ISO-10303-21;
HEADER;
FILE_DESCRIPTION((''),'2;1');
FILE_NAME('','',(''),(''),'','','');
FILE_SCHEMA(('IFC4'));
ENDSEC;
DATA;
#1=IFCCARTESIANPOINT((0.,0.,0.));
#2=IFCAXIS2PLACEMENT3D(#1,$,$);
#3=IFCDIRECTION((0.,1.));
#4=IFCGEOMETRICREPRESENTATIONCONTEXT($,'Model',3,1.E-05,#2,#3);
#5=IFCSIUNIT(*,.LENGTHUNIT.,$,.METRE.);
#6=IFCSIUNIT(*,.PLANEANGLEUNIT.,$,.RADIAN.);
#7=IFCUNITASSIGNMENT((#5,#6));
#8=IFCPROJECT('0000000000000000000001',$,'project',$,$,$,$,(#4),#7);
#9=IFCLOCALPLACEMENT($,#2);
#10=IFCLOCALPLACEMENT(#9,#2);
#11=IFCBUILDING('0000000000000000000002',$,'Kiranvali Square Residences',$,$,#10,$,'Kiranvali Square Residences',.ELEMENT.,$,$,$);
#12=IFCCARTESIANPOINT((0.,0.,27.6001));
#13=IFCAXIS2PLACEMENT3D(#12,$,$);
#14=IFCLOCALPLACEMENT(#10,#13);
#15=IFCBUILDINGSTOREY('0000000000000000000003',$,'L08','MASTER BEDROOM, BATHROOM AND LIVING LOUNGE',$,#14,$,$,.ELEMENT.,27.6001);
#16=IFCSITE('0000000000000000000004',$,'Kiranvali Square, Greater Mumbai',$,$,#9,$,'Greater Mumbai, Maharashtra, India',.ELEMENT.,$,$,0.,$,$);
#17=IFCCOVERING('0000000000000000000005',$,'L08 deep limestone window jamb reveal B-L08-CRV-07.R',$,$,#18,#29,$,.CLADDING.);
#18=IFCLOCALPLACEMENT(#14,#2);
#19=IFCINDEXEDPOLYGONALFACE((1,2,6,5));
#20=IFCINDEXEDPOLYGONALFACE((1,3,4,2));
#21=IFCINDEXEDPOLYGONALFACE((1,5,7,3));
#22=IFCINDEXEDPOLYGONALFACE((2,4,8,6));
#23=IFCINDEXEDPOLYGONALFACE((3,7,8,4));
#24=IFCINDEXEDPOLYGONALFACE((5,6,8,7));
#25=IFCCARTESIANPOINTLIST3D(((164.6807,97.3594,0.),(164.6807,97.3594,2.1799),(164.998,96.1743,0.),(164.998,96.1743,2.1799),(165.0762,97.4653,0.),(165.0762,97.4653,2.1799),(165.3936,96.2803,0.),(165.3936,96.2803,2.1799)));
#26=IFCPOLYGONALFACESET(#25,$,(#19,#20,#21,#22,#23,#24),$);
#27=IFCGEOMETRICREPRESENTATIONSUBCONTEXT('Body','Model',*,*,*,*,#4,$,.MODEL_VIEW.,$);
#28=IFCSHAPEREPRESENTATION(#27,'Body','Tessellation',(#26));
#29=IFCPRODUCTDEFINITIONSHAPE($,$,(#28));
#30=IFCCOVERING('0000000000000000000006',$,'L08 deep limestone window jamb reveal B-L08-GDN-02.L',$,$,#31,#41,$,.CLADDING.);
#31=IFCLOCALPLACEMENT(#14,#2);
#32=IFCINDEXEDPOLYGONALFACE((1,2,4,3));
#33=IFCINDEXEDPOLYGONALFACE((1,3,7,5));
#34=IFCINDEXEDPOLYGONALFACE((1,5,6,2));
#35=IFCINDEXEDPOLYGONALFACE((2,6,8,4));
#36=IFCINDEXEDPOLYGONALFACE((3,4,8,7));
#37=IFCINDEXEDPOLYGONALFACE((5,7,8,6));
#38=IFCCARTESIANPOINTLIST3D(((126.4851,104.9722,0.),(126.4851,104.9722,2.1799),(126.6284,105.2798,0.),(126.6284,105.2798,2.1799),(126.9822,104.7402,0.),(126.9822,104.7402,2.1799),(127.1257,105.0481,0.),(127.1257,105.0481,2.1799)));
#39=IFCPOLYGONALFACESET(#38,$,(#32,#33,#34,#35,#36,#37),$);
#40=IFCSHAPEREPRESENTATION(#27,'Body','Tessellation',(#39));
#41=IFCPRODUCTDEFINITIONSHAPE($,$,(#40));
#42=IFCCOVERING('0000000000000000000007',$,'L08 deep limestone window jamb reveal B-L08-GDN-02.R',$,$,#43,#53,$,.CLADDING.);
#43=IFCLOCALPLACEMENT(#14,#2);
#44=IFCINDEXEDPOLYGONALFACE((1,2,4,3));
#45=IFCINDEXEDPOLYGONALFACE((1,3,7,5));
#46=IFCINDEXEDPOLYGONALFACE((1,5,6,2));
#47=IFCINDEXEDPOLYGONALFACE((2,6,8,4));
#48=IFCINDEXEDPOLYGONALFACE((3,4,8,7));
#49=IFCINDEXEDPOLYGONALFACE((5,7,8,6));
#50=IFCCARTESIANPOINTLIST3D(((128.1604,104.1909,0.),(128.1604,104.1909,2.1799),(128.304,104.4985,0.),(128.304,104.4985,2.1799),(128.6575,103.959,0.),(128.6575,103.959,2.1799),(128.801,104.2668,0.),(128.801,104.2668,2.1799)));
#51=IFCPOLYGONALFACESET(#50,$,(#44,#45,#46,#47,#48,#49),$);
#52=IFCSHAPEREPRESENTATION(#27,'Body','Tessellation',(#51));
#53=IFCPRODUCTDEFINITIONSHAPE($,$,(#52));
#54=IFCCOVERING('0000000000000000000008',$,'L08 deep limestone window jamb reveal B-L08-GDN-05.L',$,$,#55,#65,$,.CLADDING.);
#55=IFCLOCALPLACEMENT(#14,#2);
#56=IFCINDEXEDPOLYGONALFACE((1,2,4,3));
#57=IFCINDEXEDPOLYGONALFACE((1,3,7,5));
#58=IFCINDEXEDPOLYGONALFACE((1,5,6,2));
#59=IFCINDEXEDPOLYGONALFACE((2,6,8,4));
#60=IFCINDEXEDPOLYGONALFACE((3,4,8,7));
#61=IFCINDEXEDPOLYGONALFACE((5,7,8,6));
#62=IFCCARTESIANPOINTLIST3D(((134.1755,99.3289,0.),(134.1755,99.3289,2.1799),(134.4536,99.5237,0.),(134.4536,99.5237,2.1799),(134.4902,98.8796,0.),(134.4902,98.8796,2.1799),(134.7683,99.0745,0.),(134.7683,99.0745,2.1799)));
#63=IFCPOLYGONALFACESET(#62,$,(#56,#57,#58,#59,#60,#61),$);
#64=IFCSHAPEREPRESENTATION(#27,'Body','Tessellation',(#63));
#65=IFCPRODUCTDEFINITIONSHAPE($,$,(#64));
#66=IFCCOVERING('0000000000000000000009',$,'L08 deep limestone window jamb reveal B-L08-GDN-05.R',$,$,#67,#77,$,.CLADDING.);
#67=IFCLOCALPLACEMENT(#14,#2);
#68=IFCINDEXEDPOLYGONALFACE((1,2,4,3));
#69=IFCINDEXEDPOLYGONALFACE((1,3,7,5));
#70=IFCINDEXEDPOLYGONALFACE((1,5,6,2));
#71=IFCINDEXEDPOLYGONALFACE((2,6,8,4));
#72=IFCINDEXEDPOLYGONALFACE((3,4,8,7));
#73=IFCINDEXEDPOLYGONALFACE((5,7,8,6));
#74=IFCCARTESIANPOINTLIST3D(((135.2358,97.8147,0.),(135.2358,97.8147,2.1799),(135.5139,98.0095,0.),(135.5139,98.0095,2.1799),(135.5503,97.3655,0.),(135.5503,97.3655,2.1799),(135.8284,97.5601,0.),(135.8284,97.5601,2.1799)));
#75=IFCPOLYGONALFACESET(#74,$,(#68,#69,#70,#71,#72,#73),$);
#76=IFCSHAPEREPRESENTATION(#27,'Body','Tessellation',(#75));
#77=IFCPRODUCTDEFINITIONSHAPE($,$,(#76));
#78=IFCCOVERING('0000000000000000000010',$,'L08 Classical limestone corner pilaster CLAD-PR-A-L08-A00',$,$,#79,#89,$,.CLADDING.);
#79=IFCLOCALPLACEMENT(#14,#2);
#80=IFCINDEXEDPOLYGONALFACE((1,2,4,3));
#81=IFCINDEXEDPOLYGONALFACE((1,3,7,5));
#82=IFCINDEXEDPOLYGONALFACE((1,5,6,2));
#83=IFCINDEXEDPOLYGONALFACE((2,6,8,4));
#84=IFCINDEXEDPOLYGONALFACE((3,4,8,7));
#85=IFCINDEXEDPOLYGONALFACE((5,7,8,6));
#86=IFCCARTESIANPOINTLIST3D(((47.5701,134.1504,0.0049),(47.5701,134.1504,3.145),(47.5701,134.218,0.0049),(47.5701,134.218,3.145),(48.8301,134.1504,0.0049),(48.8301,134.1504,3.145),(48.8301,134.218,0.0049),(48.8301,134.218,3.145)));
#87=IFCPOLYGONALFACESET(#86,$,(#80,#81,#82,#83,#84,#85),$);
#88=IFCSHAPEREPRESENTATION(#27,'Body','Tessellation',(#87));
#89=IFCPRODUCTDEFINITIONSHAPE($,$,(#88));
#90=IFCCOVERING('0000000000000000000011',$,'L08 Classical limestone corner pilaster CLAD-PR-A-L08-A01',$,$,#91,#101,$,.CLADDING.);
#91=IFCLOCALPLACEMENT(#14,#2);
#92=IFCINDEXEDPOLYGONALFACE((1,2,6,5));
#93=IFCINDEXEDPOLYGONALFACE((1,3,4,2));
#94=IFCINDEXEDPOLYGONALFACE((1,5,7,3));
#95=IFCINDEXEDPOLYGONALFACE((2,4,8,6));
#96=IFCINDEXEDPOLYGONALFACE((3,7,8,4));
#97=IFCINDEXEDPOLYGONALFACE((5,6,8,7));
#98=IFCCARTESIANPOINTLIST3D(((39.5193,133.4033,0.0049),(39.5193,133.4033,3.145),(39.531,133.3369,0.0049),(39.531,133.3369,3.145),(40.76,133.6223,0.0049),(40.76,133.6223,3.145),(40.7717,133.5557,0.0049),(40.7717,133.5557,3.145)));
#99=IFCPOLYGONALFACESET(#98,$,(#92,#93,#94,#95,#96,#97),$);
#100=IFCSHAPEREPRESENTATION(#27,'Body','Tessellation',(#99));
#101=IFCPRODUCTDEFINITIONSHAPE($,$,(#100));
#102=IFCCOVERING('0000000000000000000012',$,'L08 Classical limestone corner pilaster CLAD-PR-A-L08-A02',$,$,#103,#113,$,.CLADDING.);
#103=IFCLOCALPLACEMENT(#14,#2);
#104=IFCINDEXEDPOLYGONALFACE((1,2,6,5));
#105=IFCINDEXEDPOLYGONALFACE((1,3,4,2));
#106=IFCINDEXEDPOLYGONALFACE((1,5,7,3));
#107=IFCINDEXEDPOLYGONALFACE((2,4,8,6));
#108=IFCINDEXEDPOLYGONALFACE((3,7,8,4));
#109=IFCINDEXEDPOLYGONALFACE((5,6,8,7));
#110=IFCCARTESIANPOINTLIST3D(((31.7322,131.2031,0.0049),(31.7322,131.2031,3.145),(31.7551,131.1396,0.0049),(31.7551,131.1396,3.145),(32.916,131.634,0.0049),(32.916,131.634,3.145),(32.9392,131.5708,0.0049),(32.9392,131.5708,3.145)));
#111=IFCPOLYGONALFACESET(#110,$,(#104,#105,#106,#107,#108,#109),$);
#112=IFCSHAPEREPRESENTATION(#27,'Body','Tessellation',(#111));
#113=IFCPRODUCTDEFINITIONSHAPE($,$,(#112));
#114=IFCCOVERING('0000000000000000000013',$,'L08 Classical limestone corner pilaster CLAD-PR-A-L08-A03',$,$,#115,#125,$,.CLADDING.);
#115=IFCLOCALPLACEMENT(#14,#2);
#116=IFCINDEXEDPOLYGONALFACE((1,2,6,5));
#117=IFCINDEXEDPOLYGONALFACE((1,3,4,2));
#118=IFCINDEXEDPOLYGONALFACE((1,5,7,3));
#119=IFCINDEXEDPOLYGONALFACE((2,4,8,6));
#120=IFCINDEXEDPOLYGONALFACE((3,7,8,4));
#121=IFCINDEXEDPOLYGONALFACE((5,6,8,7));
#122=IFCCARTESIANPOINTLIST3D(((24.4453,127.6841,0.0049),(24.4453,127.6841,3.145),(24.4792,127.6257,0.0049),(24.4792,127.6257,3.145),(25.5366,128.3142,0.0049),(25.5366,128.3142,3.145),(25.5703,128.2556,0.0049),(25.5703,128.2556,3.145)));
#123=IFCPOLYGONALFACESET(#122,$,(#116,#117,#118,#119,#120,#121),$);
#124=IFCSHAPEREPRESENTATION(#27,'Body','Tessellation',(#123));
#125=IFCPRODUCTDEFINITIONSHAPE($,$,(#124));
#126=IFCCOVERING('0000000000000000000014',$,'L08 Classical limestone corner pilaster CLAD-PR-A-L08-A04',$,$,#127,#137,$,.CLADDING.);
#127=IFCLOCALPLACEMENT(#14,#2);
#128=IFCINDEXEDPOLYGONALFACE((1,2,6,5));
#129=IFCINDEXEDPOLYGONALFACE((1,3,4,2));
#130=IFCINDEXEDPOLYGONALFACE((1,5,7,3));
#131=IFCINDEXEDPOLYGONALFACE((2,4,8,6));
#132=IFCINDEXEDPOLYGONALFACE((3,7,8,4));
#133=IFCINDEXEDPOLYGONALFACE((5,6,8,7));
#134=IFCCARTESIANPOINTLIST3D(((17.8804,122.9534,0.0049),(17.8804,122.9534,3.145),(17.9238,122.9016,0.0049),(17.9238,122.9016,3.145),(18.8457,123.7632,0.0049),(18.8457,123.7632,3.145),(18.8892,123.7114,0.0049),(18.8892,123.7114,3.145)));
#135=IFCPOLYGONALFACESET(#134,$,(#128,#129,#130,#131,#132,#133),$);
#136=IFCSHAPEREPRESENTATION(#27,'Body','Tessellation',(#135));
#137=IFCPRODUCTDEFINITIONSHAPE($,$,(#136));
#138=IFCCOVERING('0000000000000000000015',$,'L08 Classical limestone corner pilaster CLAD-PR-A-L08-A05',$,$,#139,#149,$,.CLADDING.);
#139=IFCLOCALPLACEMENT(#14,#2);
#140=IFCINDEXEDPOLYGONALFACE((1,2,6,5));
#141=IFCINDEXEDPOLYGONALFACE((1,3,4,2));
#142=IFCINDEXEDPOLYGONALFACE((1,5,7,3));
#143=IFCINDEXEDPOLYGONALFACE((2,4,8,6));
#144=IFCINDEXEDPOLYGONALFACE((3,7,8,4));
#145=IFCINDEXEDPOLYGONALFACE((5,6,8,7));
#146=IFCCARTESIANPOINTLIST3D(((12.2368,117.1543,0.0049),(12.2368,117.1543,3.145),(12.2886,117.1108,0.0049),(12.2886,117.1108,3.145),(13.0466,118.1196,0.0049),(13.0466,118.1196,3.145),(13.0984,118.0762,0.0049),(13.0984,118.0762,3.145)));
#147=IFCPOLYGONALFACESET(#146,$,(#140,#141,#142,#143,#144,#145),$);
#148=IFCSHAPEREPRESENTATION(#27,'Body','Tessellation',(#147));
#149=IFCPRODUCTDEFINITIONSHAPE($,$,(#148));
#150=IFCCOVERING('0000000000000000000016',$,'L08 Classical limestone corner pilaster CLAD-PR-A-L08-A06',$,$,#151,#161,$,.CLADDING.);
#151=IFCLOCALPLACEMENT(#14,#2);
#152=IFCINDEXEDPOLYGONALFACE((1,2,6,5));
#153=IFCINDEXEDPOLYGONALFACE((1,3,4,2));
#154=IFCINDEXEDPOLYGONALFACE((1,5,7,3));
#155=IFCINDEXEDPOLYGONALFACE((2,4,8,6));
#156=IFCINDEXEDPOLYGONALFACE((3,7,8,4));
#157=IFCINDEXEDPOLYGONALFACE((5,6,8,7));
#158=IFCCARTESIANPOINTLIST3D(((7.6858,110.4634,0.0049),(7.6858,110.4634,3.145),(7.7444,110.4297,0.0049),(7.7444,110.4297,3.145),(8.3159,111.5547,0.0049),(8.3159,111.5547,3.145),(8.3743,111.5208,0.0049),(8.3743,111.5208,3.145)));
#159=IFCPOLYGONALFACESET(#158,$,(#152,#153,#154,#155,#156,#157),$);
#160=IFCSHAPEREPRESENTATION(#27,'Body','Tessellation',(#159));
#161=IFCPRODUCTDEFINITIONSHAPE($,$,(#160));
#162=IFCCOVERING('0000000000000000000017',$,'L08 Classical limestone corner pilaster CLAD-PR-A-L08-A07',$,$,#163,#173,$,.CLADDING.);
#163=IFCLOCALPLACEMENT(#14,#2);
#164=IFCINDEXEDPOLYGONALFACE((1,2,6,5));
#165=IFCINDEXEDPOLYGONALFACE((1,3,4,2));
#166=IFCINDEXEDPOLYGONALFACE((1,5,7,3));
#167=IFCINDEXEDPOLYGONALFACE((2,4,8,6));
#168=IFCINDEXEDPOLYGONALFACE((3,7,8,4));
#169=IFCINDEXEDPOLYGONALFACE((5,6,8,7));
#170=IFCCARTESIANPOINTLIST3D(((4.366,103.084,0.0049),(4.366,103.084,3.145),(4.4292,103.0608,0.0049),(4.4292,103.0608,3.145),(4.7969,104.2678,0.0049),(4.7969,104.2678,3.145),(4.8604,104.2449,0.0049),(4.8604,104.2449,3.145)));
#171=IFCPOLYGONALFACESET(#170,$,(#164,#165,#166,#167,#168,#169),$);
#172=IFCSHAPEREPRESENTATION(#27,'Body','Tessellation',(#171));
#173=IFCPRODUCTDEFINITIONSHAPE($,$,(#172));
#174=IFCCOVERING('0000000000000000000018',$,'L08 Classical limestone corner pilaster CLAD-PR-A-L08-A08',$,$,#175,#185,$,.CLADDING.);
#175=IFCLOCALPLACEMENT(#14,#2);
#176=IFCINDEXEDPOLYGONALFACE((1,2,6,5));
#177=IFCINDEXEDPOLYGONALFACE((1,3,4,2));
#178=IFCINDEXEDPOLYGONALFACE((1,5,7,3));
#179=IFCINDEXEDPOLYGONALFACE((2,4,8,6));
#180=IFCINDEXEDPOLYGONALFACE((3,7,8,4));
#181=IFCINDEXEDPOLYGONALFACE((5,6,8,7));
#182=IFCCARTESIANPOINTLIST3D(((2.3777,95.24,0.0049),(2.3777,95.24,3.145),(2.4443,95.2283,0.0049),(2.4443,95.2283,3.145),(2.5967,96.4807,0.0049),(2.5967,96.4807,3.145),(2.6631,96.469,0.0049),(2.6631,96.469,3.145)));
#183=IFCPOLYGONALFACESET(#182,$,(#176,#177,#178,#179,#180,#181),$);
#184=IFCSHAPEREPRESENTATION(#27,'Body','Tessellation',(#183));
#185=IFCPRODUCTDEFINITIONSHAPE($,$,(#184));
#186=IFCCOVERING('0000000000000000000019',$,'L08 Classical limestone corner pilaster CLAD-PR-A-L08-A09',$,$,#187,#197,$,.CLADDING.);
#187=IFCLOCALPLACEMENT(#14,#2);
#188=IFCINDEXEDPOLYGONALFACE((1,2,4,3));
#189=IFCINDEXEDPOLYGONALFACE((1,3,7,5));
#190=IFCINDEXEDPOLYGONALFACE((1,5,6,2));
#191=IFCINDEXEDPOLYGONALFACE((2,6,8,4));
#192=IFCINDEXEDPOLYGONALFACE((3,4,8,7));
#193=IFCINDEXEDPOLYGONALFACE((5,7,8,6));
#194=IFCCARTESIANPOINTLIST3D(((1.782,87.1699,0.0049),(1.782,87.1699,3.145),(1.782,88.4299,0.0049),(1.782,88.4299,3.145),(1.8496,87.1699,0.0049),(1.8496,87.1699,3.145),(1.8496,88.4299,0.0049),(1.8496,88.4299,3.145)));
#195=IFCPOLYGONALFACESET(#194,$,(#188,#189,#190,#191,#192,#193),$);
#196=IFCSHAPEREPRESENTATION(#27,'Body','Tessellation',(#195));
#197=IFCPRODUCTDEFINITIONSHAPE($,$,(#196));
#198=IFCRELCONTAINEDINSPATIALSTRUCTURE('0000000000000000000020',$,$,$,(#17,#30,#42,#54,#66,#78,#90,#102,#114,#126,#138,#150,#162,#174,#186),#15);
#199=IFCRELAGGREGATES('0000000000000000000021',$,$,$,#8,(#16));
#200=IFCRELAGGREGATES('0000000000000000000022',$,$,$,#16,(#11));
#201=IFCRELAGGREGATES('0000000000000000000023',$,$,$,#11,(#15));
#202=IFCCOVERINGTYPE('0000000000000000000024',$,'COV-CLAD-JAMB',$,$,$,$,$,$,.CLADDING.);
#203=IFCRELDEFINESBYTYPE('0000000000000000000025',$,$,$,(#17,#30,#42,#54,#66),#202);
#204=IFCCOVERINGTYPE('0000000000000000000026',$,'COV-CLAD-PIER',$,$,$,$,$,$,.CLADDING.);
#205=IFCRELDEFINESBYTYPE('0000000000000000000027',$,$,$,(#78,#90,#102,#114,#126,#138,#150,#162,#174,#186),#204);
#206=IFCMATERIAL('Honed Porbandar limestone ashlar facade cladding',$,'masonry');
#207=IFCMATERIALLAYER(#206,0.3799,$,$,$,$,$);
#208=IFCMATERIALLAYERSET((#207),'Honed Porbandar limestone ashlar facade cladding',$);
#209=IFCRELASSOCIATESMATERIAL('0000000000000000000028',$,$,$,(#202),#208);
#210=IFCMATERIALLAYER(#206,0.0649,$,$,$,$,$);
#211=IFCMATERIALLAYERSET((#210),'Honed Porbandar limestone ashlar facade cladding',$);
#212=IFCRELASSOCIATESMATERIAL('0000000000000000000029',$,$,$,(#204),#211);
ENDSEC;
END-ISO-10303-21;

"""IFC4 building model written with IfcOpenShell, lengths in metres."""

from ifc_helpers import new_model, si_unit, direction, frame, origin, place, context, subcontext, project, spatial, polyline, outline, extrude, material, layer, layer_set, type_object, element, save


model = new_model("IFC4")

# Units and contexts
model_context = context("Model", 3, precision=1e-05, world=origin(), true_north=direction((0.0, 1.0)))
body_context = subcontext(model_context, "Body", "Model", "MODEL_VIEW")
ifc_project = project(units=[si_unit("LENGTHUNIT", "METRE"), si_unit("PLANEANGLEUNIT", "RADIAN")], contexts=[model_context])

# Site, building, storey
site_placement = place(None, origin())
site = spatial("IfcSite", under=ifc_project, at=site_placement, Name="Kiranvali Square, Greater Mumbai", LongName="Greater Mumbai, Maharashtra, India", CompositionType="ELEMENT", RefElevation=0.0)
building_placement = place(site_placement, origin())
building = spatial("IfcBuilding", under=site, at=building_placement, Name="Kiranvali Square Residences", LongName="Kiranvali Square Residences", CompositionType="ELEMENT")
storey_placement = place(building_placement, frame((0.0, 0.0, 27.6001)))
storey = spatial("IfcBuildingStorey", under=building, at=storey_placement, Name="L08", Description="MASTER BEDROOM, BATHROOM AND LIVING LOUNGE", CompositionType="ELEMENT", Elevation=27.6001)

# Coverings
ifc_material = material(Name="Honed Porbandar limestone ashlar facade cladding", Category="masonry")
ifc_layer_1 = layer(ifc_material, 0.3799)
ifc_layer_set_1 = layer_set([ifc_layer_1], Name="Honed Porbandar limestone ashlar facade cladding")
covering_type_1 = type_object("IfcCoveringType", Name="COV-CLAD-JAMB", PredefinedType="CLADDING", material=ifc_layer_set_1)
covering_1_placement = place(storey_placement, origin())
element("IfcCovering", 1, at=covering_1_placement, inside=storey, type_object=covering_type_1, Name="L08 deep limestone window jamb reveal B-L08-CRV-07.R", PredefinedType="CLADDING", context=body_context, shape_type="SweptSolid", body=[
    extrude(outline(polyline([(164.6807, 97.3594), (164.998, 96.1743), (165.3936, 96.2803), (165.0762, 97.4653), (164.6807, 97.3594)])), origin(), (0.0, 0.0, 1.0), 2.1799),
])
covering_2_placement = place(storey_placement, origin())
element("IfcCovering", 2, at=covering_2_placement, inside=storey, type_object=covering_type_1, Name="L08 deep limestone window jamb reveal B-L08-GDN-02.L", PredefinedType="CLADDING", context=body_context, shape_type="SweptSolid", body=[
    extrude(outline(polyline([(126.4851, 104.9722), (126.9822, 104.7402), (127.1257, 105.0481), (126.6284, 105.2798), (126.4851, 104.9722)])), origin(), (0.0, 0.0, 1.0), 2.1799),
])
covering_3_placement = place(storey_placement, origin())
element("IfcCovering", 3, at=covering_3_placement, inside=storey, type_object=covering_type_1, Name="L08 deep limestone window jamb reveal B-L08-GDN-02.R", PredefinedType="CLADDING", context=body_context, shape_type="SweptSolid", body=[
    extrude(outline(polyline([(128.1604, 104.1909), (128.6575, 103.959), (128.801, 104.2668), (128.304, 104.4985), (128.1604, 104.1909)])), origin(), (0.0, 0.0, 1.0), 2.1799),
])
covering_4_placement = place(storey_placement, origin())
element("IfcCovering", 4, at=covering_4_placement, inside=storey, type_object=covering_type_1, Name="L08 deep limestone window jamb reveal B-L08-GDN-05.L", PredefinedType="CLADDING", context=body_context, shape_type="SweptSolid", body=[
    extrude(outline(polyline([(134.1755, 99.3289), (134.4902, 98.8796), (134.7683, 99.0745), (134.4536, 99.5237), (134.1755, 99.3289)])), origin(), (0.0, 0.0, 1.0), 2.1799),
])
covering_5_placement = place(storey_placement, origin())
element("IfcCovering", 5, at=covering_5_placement, inside=storey, type_object=covering_type_1, Name="L08 deep limestone window jamb reveal B-L08-GDN-05.R", PredefinedType="CLADDING", context=body_context, shape_type="SweptSolid", body=[
    extrude(outline(polyline([(135.2358, 97.8147), (135.5503, 97.3655), (135.8284, 97.5601), (135.5139, 98.0095), (135.2358, 97.8147)])), origin(), (0.0, 0.0, 1.0), 2.1799),
])
ifc_layer_2 = layer(ifc_material, 0.0649)
ifc_layer_set_2 = layer_set([ifc_layer_2], Name="Honed Porbandar limestone ashlar facade cladding")
covering_type_2 = type_object("IfcCoveringType", Name="COV-CLAD-PIER", PredefinedType="CLADDING", material=ifc_layer_set_2)
covering_6_placement = place(storey_placement, frame((0.0, 0.0, 0.0049)))
element("IfcCovering", 6, at=covering_6_placement, inside=storey, type_object=covering_type_2, Name="L08 Classical limestone corner pilaster CLAD-PR-A-L08-A00", PredefinedType="CLADDING", context=body_context, shape_type="SweptSolid", body=[
    extrude(outline(polyline([(48.8301, 134.218), (47.5701, 134.218), (47.5701, 134.1504), (48.8301, 134.1504), (48.8301, 134.218)])), origin(), (0.0, 0.0, 1.0), 3.1401),
])
covering_7_placement = place(storey_placement, frame((0.0, 0.0, 0.0049)))
element("IfcCovering", 7, at=covering_7_placement, inside=storey, type_object=covering_type_2, Name="L08 Classical limestone corner pilaster CLAD-PR-A-L08-A01", PredefinedType="CLADDING", context=body_context, shape_type="SweptSolid", body=[
    extrude(outline(polyline([(40.76, 133.6223), (39.5193, 133.4033), (39.531, 133.3369), (40.7717, 133.5557), (40.76, 133.6223)])), origin(), (0.0, 0.0, 1.0), 3.1401),
])
covering_8_placement = place(storey_placement, frame((0.0, 0.0, 0.0049)))
element("IfcCovering", 8, at=covering_8_placement, inside=storey, type_object=covering_type_2, Name="L08 Classical limestone corner pilaster CLAD-PR-A-L08-A02", PredefinedType="CLADDING", context=body_context, shape_type="SweptSolid", body=[
    extrude(outline(polyline([(32.916, 131.634), (31.7322, 131.2031), (31.7551, 131.1396), (32.9392, 131.5708), (32.916, 131.634)])), origin(), (0.0, 0.0, 1.0), 3.1401),
])
covering_9_placement = place(storey_placement, frame((0.0, 0.0, 0.0049)))
element("IfcCovering", 9, at=covering_9_placement, inside=storey, type_object=covering_type_2, Name="L08 Classical limestone corner pilaster CLAD-PR-A-L08-A03", PredefinedType="CLADDING", context=body_context, shape_type="SweptSolid", body=[
    extrude(outline(polyline([(25.5366, 128.3142), (24.4453, 127.6841), (24.4792, 127.6257), (25.5703, 128.2556), (25.5366, 128.3142)])), origin(), (0.0, 0.0, 1.0), 3.1401),
])
covering_10_placement = place(storey_placement, frame((0.0, 0.0, 0.0049)))
element("IfcCovering", 10, at=covering_10_placement, inside=storey, type_object=covering_type_2, Name="L08 Classical limestone corner pilaster CLAD-PR-A-L08-A04", PredefinedType="CLADDING", context=body_context, shape_type="SweptSolid", body=[
    extrude(outline(polyline([(18.8457, 123.7632), (17.8804, 122.9534), (17.9238, 122.9016), (18.8892, 123.7114), (18.8457, 123.7632)])), origin(), (0.0, 0.0, 1.0), 3.1401),
])
covering_11_placement = place(storey_placement, frame((0.0, 0.0, 0.0049)))
element("IfcCovering", 11, at=covering_11_placement, inside=storey, type_object=covering_type_2, Name="L08 Classical limestone corner pilaster CLAD-PR-A-L08-A05", PredefinedType="CLADDING", context=body_context, shape_type="SweptSolid", body=[
    extrude(outline(polyline([(13.0466, 118.1196), (12.2368, 117.1543), (12.2886, 117.1108), (13.0984, 118.0762), (13.0466, 118.1196)])), origin(), (0.0, 0.0, 1.0), 3.1401),
])
covering_12_placement = place(storey_placement, frame((0.0, 0.0, 0.0049)))
element("IfcCovering", 12, at=covering_12_placement, inside=storey, type_object=covering_type_2, Name="L08 Classical limestone corner pilaster CLAD-PR-A-L08-A06", PredefinedType="CLADDING", context=body_context, shape_type="SweptSolid", body=[
    extrude(outline(polyline([(8.3159, 111.5547), (7.6858, 110.4634), (7.7444, 110.4297), (8.3743, 111.5208), (8.3159, 111.5547)])), origin(), (0.0, 0.0, 1.0), 3.1401),
])
covering_13_placement = place(storey_placement, frame((0.0, 0.0, 0.0049)))
element("IfcCovering", 13, at=covering_13_placement, inside=storey, type_object=covering_type_2, Name="L08 Classical limestone corner pilaster CLAD-PR-A-L08-A07", PredefinedType="CLADDING", context=body_context, shape_type="SweptSolid", body=[
    extrude(outline(polyline([(4.7969, 104.2678), (4.366, 103.084), (4.4292, 103.0608), (4.8604, 104.2449), (4.7969, 104.2678)])), origin(), (0.0, 0.0, 1.0), 3.1401),
])
covering_14_placement = place(storey_placement, frame((0.0, 0.0, 0.0049)))
element("IfcCovering", 14, at=covering_14_placement, inside=storey, type_object=covering_type_2, Name="L08 Classical limestone corner pilaster CLAD-PR-A-L08-A08", PredefinedType="CLADDING", context=body_context, shape_type="SweptSolid", body=[
    extrude(outline(polyline([(2.5967, 96.4807), (2.3777, 95.24), (2.4443, 95.2283), (2.6631, 96.469), (2.5967, 96.4807)])), origin(), (0.0, 0.0, 1.0), 3.1401),
])
covering_15_placement = place(storey_placement, frame((0.0, 0.0, 0.0049)))
element("IfcCovering", 15, at=covering_15_placement, inside=storey, type_object=covering_type_2, Name="L08 Classical limestone corner pilaster CLAD-PR-A-L08-A09", PredefinedType="CLADDING", context=body_context, shape_type="SweptSolid", body=[
    extrude(outline(polyline([(1.782, 88.4299), (1.782, 87.1699), (1.8496, 87.1699), (1.8496, 88.4299), (1.782, 88.4299)])), origin(), (0.0, 0.0, 1.0), 3.1401),
])

save(model, "model.ifc")
